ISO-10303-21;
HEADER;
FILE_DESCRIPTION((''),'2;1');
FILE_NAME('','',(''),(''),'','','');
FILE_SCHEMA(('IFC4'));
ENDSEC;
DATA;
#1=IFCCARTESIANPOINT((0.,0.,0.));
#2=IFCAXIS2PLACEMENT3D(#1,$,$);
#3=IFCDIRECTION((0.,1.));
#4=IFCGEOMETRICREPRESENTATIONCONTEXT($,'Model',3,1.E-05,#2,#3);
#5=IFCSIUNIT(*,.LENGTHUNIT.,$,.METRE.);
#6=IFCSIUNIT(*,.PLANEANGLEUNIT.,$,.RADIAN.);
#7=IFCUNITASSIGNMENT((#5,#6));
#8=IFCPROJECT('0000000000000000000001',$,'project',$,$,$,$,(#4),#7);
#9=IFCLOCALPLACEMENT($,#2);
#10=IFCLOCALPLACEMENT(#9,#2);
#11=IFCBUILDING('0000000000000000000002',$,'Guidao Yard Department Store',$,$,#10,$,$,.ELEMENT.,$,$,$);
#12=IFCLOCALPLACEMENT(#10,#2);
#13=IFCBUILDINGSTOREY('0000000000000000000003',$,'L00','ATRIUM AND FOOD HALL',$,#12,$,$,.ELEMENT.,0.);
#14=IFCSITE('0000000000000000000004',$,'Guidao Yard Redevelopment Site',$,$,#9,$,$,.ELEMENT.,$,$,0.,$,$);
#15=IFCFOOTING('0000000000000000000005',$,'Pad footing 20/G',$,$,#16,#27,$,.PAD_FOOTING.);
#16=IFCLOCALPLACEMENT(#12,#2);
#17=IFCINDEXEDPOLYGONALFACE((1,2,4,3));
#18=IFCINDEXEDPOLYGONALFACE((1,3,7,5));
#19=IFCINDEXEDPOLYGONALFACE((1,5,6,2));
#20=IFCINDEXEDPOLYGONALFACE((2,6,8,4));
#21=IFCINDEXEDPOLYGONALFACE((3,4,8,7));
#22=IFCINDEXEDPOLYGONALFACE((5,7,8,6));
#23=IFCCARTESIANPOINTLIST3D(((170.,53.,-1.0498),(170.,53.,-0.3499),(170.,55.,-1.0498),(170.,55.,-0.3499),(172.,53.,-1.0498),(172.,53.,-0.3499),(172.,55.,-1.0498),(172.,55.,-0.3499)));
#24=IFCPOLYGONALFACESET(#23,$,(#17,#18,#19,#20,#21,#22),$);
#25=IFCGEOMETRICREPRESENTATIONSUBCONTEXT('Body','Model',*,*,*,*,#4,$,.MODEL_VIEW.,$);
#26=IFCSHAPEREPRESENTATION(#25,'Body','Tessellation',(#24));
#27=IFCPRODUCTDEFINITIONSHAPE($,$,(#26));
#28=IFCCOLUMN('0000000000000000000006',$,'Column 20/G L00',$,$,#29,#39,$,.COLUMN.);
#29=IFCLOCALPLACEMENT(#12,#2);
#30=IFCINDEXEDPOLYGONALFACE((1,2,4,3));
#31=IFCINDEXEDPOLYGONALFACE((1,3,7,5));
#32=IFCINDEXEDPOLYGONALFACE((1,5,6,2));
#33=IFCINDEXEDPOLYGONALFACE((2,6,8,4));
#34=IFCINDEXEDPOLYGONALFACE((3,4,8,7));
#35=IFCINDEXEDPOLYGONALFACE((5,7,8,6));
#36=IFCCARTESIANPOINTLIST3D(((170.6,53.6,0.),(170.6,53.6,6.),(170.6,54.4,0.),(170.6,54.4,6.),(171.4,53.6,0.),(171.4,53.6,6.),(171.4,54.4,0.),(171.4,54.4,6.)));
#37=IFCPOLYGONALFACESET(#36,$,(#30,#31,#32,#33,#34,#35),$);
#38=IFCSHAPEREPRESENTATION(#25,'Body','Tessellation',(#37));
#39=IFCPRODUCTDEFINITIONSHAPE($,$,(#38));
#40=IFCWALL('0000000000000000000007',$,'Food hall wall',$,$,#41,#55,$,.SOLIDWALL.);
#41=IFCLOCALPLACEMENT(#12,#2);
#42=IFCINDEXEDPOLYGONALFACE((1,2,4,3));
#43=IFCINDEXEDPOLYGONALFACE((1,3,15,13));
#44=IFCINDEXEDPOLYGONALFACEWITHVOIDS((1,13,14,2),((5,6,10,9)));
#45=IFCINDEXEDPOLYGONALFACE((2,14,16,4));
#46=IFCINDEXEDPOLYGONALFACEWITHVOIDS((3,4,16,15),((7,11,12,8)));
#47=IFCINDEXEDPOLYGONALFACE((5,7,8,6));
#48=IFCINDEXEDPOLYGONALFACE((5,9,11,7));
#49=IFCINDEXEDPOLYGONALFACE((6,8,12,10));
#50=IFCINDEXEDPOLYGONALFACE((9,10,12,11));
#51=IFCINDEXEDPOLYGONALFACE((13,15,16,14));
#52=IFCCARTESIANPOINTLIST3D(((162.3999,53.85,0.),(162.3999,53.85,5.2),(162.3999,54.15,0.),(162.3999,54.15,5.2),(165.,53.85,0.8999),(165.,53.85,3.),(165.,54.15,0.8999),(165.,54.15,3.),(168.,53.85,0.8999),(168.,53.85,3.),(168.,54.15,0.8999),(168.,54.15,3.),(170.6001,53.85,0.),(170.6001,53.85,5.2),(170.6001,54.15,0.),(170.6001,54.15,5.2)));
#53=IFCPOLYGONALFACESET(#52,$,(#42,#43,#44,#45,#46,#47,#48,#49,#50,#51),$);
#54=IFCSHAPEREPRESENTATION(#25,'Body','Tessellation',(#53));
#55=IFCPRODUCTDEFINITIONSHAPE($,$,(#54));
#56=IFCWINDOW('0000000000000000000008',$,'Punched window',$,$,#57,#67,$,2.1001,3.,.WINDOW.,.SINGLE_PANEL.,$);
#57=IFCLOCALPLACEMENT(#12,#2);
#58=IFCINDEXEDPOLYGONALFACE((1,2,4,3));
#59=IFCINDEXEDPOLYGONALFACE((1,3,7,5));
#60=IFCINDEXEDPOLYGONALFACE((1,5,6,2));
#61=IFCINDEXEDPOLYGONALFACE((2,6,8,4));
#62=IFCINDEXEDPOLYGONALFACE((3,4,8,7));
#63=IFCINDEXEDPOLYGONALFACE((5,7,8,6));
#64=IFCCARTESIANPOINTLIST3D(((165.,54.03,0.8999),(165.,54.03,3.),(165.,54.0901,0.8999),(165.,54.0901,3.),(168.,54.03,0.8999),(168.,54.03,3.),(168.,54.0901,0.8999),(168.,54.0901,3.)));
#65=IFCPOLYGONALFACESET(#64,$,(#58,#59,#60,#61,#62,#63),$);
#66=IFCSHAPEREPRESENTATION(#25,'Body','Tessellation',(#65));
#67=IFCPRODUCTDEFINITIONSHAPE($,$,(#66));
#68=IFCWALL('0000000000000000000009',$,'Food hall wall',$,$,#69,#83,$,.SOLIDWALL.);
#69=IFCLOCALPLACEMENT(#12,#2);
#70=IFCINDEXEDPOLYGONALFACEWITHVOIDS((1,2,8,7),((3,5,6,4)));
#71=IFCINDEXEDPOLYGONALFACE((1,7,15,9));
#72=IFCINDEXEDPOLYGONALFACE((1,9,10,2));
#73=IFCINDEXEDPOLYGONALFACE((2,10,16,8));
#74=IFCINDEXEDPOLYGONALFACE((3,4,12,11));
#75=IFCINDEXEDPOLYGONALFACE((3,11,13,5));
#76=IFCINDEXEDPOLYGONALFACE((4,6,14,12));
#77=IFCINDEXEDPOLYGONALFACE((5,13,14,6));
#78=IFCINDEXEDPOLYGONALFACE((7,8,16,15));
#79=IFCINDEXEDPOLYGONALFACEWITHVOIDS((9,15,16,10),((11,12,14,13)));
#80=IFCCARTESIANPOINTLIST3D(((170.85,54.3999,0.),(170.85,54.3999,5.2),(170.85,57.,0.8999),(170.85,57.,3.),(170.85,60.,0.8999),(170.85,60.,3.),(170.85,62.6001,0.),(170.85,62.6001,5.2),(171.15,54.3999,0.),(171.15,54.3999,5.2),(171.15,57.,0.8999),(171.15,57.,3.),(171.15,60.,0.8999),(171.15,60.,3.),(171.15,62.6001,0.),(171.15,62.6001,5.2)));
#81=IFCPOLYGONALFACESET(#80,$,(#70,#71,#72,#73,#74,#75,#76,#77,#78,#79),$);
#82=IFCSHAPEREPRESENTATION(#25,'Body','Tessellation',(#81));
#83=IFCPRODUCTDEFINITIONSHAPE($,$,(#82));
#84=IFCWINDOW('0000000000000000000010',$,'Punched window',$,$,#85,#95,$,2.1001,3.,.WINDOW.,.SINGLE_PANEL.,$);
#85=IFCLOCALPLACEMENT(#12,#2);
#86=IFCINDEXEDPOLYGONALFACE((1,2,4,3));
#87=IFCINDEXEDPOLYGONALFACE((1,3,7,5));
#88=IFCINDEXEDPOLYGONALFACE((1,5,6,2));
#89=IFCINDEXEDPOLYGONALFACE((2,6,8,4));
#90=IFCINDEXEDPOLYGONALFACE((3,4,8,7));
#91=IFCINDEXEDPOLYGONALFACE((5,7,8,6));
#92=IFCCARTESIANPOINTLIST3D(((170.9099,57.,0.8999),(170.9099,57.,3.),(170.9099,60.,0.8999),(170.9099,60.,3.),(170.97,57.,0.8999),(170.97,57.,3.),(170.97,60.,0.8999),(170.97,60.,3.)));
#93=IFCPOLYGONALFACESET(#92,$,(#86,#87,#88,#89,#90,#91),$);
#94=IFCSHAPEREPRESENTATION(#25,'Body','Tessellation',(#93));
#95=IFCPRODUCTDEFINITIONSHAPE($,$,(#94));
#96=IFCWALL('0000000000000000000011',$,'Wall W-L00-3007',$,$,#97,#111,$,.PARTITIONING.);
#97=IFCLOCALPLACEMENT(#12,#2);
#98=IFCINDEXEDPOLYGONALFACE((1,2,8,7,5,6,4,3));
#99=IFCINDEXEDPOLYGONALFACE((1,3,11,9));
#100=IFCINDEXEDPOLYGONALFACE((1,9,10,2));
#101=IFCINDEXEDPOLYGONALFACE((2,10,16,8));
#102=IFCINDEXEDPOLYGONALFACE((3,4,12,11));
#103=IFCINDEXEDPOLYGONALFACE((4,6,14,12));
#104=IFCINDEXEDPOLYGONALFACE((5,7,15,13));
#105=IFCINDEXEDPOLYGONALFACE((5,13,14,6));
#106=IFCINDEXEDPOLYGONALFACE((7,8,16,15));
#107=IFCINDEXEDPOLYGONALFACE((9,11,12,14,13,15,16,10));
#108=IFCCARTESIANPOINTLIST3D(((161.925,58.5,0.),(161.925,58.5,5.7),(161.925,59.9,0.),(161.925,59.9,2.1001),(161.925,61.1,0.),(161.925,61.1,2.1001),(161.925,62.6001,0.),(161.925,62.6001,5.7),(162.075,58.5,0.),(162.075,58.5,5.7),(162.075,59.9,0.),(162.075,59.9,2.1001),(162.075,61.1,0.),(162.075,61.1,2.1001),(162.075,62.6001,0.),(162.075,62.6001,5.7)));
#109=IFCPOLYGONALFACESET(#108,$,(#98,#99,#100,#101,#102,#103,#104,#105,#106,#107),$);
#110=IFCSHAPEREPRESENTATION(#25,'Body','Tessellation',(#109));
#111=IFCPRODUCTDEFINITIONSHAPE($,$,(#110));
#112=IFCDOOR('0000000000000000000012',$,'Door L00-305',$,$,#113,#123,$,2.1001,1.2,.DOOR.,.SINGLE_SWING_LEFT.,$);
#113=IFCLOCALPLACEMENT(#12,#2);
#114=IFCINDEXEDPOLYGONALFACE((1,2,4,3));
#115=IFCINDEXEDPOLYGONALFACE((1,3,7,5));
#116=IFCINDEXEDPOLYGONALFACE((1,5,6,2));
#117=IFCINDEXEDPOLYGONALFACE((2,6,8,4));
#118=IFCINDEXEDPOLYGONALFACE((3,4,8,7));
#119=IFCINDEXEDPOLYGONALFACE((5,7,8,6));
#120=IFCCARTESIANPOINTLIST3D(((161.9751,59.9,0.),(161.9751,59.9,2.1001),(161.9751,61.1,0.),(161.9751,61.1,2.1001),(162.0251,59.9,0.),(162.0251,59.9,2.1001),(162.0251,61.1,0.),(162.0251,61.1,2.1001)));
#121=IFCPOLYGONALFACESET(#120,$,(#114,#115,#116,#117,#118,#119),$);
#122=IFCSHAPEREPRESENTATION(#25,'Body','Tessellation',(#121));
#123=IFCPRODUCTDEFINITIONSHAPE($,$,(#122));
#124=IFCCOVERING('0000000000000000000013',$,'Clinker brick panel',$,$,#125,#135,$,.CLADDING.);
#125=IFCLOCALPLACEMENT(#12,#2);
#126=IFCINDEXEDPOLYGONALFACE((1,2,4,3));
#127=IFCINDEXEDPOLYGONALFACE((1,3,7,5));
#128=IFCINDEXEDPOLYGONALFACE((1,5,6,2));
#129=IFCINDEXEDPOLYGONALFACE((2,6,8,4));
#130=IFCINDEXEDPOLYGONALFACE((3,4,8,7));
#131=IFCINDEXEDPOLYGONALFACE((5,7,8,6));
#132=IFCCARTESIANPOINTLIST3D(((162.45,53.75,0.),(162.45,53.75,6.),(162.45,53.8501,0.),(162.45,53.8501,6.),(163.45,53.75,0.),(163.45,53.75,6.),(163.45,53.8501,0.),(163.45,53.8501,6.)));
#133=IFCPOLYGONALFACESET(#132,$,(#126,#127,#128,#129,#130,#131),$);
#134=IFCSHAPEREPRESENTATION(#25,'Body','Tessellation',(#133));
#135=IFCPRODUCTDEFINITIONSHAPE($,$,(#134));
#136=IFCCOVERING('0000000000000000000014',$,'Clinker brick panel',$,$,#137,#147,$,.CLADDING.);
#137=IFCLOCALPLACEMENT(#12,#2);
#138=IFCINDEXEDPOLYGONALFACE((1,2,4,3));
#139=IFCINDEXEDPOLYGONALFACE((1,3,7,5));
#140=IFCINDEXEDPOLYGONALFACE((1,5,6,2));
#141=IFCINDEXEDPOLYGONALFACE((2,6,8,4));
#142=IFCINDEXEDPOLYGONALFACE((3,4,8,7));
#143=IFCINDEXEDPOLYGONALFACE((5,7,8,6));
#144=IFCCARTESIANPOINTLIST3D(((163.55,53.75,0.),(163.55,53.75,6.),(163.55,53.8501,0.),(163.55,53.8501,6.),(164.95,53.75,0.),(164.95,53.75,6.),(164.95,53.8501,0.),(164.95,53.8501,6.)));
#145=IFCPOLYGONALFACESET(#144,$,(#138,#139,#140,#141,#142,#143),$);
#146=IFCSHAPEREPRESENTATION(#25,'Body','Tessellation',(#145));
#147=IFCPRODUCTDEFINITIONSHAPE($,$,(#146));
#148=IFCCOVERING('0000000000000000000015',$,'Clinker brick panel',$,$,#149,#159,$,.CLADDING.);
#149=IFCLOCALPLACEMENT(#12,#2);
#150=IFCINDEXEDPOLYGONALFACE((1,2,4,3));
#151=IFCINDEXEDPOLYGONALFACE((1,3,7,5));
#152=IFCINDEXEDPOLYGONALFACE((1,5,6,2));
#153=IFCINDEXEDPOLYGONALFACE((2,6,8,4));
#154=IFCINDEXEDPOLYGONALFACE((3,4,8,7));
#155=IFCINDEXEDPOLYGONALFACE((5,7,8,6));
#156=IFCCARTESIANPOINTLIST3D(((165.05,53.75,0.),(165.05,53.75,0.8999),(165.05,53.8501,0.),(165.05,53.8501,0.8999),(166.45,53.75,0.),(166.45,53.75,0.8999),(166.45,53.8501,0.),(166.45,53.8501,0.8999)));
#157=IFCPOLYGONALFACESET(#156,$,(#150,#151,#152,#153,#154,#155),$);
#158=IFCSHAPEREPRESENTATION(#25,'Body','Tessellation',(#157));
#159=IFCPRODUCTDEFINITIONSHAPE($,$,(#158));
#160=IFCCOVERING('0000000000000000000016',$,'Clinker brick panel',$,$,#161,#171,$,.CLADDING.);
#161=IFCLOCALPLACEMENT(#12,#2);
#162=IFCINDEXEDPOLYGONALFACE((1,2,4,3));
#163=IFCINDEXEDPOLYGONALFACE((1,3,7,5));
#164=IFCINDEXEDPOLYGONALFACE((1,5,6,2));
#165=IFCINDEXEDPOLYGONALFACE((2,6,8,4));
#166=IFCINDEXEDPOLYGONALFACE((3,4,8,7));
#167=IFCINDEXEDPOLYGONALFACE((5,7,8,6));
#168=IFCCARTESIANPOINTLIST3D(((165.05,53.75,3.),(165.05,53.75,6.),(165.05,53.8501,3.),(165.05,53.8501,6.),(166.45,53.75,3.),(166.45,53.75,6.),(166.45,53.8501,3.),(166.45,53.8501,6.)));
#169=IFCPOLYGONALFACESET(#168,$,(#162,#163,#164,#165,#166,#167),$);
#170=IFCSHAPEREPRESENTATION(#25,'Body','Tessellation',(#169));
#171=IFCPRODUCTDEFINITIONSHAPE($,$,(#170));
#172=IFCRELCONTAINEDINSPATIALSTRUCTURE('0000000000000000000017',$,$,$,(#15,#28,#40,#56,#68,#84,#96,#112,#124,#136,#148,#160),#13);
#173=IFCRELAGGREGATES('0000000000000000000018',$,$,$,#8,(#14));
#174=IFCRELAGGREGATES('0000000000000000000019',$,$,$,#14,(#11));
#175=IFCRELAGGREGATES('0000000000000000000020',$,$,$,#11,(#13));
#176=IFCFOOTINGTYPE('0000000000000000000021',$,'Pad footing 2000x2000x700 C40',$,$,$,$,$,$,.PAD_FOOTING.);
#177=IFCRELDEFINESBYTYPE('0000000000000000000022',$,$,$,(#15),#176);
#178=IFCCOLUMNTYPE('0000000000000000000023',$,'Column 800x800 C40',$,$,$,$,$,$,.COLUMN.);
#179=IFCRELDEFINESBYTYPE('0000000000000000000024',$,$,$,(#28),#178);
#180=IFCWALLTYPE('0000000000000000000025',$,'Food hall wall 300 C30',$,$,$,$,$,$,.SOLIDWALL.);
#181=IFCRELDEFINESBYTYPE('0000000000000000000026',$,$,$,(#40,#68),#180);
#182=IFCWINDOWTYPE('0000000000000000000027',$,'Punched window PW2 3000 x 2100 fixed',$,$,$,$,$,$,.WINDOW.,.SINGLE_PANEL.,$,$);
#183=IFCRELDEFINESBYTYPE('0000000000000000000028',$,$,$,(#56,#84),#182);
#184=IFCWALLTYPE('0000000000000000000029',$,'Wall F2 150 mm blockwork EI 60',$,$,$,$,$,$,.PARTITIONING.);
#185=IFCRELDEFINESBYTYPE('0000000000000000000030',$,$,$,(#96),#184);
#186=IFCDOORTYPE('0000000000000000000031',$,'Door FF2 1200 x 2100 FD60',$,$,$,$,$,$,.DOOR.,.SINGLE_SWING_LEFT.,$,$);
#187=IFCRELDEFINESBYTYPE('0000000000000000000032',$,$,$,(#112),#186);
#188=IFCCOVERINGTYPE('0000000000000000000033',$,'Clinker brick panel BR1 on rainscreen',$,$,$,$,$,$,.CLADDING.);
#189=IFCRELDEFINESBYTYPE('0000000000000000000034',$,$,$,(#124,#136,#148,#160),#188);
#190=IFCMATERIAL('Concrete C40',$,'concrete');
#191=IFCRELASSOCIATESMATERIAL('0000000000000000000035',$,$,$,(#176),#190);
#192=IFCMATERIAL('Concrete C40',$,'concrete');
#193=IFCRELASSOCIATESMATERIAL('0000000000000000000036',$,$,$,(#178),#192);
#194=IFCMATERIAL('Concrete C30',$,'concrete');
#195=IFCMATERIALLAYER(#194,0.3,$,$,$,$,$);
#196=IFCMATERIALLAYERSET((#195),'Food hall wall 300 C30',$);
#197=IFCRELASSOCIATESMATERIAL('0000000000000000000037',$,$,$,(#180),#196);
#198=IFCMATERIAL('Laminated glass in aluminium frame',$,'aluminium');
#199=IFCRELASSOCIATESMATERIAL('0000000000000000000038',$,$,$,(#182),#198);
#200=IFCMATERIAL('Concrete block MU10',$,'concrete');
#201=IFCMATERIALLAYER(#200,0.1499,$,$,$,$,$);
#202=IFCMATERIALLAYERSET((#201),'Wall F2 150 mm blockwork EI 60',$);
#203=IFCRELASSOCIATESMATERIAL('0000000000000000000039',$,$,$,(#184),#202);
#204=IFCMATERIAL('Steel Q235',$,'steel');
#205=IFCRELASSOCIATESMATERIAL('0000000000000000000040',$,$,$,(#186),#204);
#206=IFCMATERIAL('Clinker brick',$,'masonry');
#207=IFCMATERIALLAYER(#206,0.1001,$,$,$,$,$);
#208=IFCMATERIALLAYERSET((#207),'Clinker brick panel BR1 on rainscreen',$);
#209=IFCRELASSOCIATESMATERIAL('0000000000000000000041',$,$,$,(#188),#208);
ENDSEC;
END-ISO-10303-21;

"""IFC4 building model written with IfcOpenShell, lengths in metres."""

from ifc_helpers import new_model, si_unit, direction, frame, frame_2d, origin, origin_2d, place, context, subcontext, project, spatial, rectangle, extrude, material, layer, layer_set, material_profile, profile_set, type_object, element, fill, save


model = new_model("IFC4")

# Units and contexts
model_context = context("Model", 3, precision=1e-05, world=origin(), true_north=direction((0.0, 1.0)))
body_context = subcontext(model_context, "Body", "Model", "MODEL_VIEW")
ifc_project = project(units=[si_unit("LENGTHUNIT", "METRE"), si_unit("PLANEANGLEUNIT", "RADIAN")], contexts=[model_context])

# Site, building, storey
site_placement = place(None, origin())
site = spatial("IfcSite", under=ifc_project, at=site_placement, Name="Guidao Yard Redevelopment Site", CompositionType="ELEMENT", RefElevation=0.0)
building_placement = place(site_placement, origin())
building = spatial("IfcBuilding", under=site, at=building_placement, Name="Guidao Yard Department Store", CompositionType="ELEMENT")
storey_placement = place(building_placement, origin())
storey = spatial("IfcBuildingStorey", under=building, at=storey_placement, Name="L00", Description="ATRIUM AND FOOD HALL", CompositionType="ELEMENT", Elevation=0.0)

# Footing
ifc_material_1 = material(Name="Concrete C40", Category="concrete")
footing_type = type_object("IfcFootingType", Name="Pad footing 2000x2000x700 C40", PredefinedType="PAD_FOOTING", material=ifc_material_1)
footing_placement = place(storey_placement, frame((171.0, 54.0, -1.0498), z_axis=(0.0, 0.0, 1.0), x_axis=(1.0, 0.0, 0.0)))
element("IfcFooting", 1, at=footing_placement, inside=storey, type_object=footing_type, Name="Pad footing 20/G", PredefinedType="PAD_FOOTING", context=body_context, shape_type="SweptSolid", body=[
    extrude(rectangle(XDim=2.0, YDim=2.0, at=origin_2d()), origin(), (0.0, 0.0, 1.0), 0.7),
])

# Column
ifc_material_2 = material(Name="Concrete C40", Category="concrete")
ifc_material_profile = material_profile(ifc_material_2, rectangle(XDim=0.8, YDim=0.8, at=origin_2d()), Name="COL 800x800")
ifc_profile_set = profile_set([ifc_material_profile], Name="Concrete C40")
column_type = type_object("IfcColumnType", Name="Column 800x800 C40", PredefinedType="COLUMN", material=ifc_profile_set)
column_placement = place(storey_placement, frame((171.0, 54.0, 0.0), z_axis=(0.0, 0.0, 1.0), x_axis=(1.0, 0.0, 0.0)))
element("IfcColumn", 2, at=column_placement, inside=storey, type_object=column_type, Name="Column 20/G L00", PredefinedType="COLUMN", context=body_context, shape_type="SweptSolid", body=[
    extrude(rectangle(XDim=0.8, YDim=0.8, at=origin_2d()), origin(), (0.0, 0.0, 1.0), 6.0),
])

# Walls, openings, windows
ifc_material_3 = material(Name="Concrete C30", Category="concrete")
ifc_layer_1 = layer(ifc_material_3, 0.3)
ifc_layer_set_1 = layer_set([ifc_layer_1], Name="Food hall wall 300 C30")
wall_type_1 = type_object("IfcWallType", Name="Food hall wall 300 C30", PredefinedType="SOLIDWALL", material=ifc_layer_set_1)
wall_1_placement = place(storey_placement, frame((170.6001, 54.0, 0.0), z_axis=(0.0, 0.0, 1.0), x_axis=(-1.0, 0.0, 0.0)))
wall_1 = element("IfcWall", 3, at=wall_1_placement, inside=storey, type_object=wall_type_1, Name="Food hall wall", PredefinedType="SOLIDWALL", context=body_context, shape_type="SweptSolid", body=[
    extrude(rectangle(XDim=8.2002, YDim=0.3, at=frame_2d((4.1001, 0.0))), origin(), (0.0, 0.0, 1.0), 5.2),
])
opening_1_placement = place(wall_1_placement, frame((2.6001, 0.0, 0.8999)))
opening_1 = element("IfcOpeningElement", 4, at=opening_1_placement, cuts=wall_1, PredefinedType="OPENING", context=body_context, shape_type="SweptSolid", body=[
    extrude(rectangle(XDim=3.0, YDim=2.1001, at=frame_2d((1.5, 1.05))), frame((0.0, 0.1599, 0.0), z_axis=(0.0, -1.0, 0.0), x_axis=(1.0, 0.0, 0.0)), (0.0, 0.0, 1.0), 0.3201),
])
ifc_material_4 = material(Name="Laminated glass in aluminium frame", Category="aluminium")
window_type = type_object("IfcWindowType", Name="Punched window PW2 3000 x 2100 fixed", PartitioningType="SINGLE_PANEL", PredefinedType="WINDOW", material=ifc_material_4)
window_1_placement = place(opening_1_placement, origin())
window_1 = element("IfcWindow", 5, at=window_1_placement, inside=storey, type_object=window_type, Name="Punched window", OverallHeight=2.1001, OverallWidth=3.0, PartitioningType="SINGLE_PANEL", PredefinedType="WINDOW", context=body_context, shape_type="SweptSolid", body=[
    extrude(rectangle(XDim=3.0, YDim=2.1001, at=frame_2d((1.5, 1.05))), frame((0.0, -0.03, 0.0), z_axis=(0.0, -1.0, 0.0), x_axis=(1.0, 0.0, 0.0)), (0.0, 0.0, 1.0), 0.0601),
])
fill(opening_1, window_1)
wall_2_placement = place(storey_placement, frame((171.0, 62.6001, 0.0), z_axis=(0.0, 0.0, 1.0), x_axis=(0.0, -1.0, 0.0)))
wall_2 = element("IfcWall", 6, at=wall_2_placement, inside=storey, type_object=wall_type_1, Name="Food hall wall", PredefinedType="SOLIDWALL", context=body_context, shape_type="SweptSolid", body=[
    extrude(rectangle(XDim=8.2002, YDim=0.3, at=frame_2d((4.1001, 0.0))), origin(), (0.0, 0.0, 1.0), 5.2),
])
opening_2_placement = place(wall_2_placement, frame((2.6001, 0.0, 0.8999)))
opening_2 = element("IfcOpeningElement", 7, at=opening_2_placement, cuts=wall_2, PredefinedType="OPENING", context=body_context, shape_type="SweptSolid", body=[
    extrude(rectangle(XDim=3.0, YDim=2.1001, at=frame_2d((1.5, 1.05))), frame((0.0, 0.1599, 0.0), z_axis=(0.0, -1.0, 0.0), x_axis=(1.0, 0.0, 0.0)), (0.0, 0.0, 1.0), 0.3201),
])
window_2_placement = place(opening_2_placement, origin())
window_2 = element("IfcWindow", 8, at=window_2_placement, inside=storey, type_object=window_type, Name="Punched window", OverallHeight=2.1001, OverallWidth=3.0, PartitioningType="SINGLE_PANEL", PredefinedType="WINDOW", context=body_context, shape_type="SweptSolid", body=[
    extrude(rectangle(XDim=3.0, YDim=2.1001, at=frame_2d((1.5, 1.05))), frame((0.0, -0.03, 0.0), z_axis=(0.0, -1.0, 0.0), x_axis=(1.0, 0.0, 0.0)), (0.0, 0.0, 1.0), 0.0601),
])
fill(opening_2, window_2)

# Wall, opening, door
ifc_material_5 = material(Name="Concrete block MU10", Category="concrete")
ifc_layer_2 = layer(ifc_material_5, 0.1499)
ifc_layer_set_2 = layer_set([ifc_layer_2], Name="Wall F2 150 mm blockwork EI 60")
wall_type_2 = type_object("IfcWallType", Name="Wall F2 150 mm blockwork EI 60", PredefinedType="PARTITIONING", material=ifc_layer_set_2)
wall_3_placement = place(storey_placement, frame((162.0, 58.5, 0.0), z_axis=(0.0, 0.0, 1.0), x_axis=(0.0, 1.0, 0.0)))
wall_3 = element("IfcWall", 9, at=wall_3_placement, inside=storey, type_object=wall_type_2, Name="Wall W-L00-3007", PredefinedType="PARTITIONING", context=body_context, shape_type="SweptSolid", body=[
    extrude(rectangle(XDim=4.1001, YDim=0.1499, at=frame_2d((2.05, 0.0))), origin(), (0.0, 0.0, 1.0), 5.7),
])
opening_3_placement = place(wall_3_placement, frame((1.3999, 0.0, 0.0)))
opening_3 = element("IfcOpeningElement", 10, at=opening_3_placement, cuts=wall_3, PredefinedType="OPENING", context=body_context, shape_type="SweptSolid", body=[
    extrude(rectangle(XDim=1.2, YDim=2.1001, at=frame_2d((0.6001, 1.05))), frame((0.0, 0.085, 0.0), z_axis=(0.0, -1.0, 0.0), x_axis=(1.0, 0.0, 0.0)), (0.0, 0.0, 1.0), 0.1699),
])
ifc_material_6 = material(Name="Steel Q235", Category="steel")
door_type = type_object("IfcDoorType", Name="Door FF2 1200 x 2100 FD60", OperationType="SINGLE_SWING_LEFT", PredefinedType="DOOR", material=ifc_material_6)
door_placement = place(opening_3_placement, origin())
door = element("IfcDoor", 11, at=door_placement, inside=storey, type_object=door_type, Name="Door L00-305", OperationType="SINGLE_SWING_LEFT", OverallHeight=2.1001, OverallWidth=1.2, PredefinedType="DOOR", context=body_context, shape_type="SweptSolid", body=[
    extrude(rectangle(XDim=1.2, YDim=2.1001, at=frame_2d((0.6001, 1.05))), frame((0.0, 0.0249, 0.0), z_axis=(0.0, -1.0, 0.0), x_axis=(1.0, 0.0, 0.0)), (0.0, 0.0, 1.0), 0.05),
])
fill(opening_3, door)

# Coverings
ifc_material_7 = material(Name="Clinker brick", Category="masonry")
ifc_layer_3 = layer(ifc_material_7, 0.1001)
ifc_layer_set_3 = layer_set([ifc_layer_3], Name="Clinker brick panel BR1 on rainscreen")
covering_type = type_object("IfcCoveringType", Name="Clinker brick panel BR1 on rainscreen", PredefinedType="CLADDING", material=ifc_layer_set_3)
covering_1_placement = place(storey_placement, frame((162.95, 53.8, 0.0), z_axis=(0.0, 0.0, 1.0), x_axis=(-1.0, 0.0, 0.0)))
element("IfcCovering", 12, at=covering_1_placement, inside=storey, type_object=covering_type, Name="Clinker brick panel", PredefinedType="CLADDING", context=body_context, shape_type="SweptSolid", body=[
    extrude(rectangle(XDim=1.0, YDim=0.1001, at=origin_2d()), origin(), (0.0, 0.0, 1.0), 6.0),
])
covering_2_placement = place(storey_placement, frame((164.25, 53.8, 0.0), z_axis=(0.0, 0.0, 1.0), x_axis=(-1.0, 0.0, 0.0)))
element("IfcCovering", 13, at=covering_2_placement, inside=storey, type_object=covering_type, Name="Clinker brick panel", PredefinedType="CLADDING", context=body_context, shape_type="SweptSolid", body=[
    extrude(rectangle(XDim=1.3999, YDim=0.1001, at=origin_2d()), origin(), (0.0, 0.0, 1.0), 6.0),
])
covering_3_placement = place(storey_placement, frame((165.75, 53.8, 0.0), z_axis=(0.0, 0.0, 1.0), x_axis=(-1.0, 0.0, 0.0)))
element("IfcCovering", 14, at=covering_3_placement, inside=storey, type_object=covering_type, Name="Clinker brick panel", PredefinedType="CLADDING", context=body_context, shape_type="SweptSolid", body=[
    extrude(rectangle(XDim=1.3999, YDim=0.1001, at=origin_2d()), origin(), (0.0, 0.0, 1.0), 0.8999),
])
covering_4_placement = place(storey_placement, frame((165.75, 53.8, 3.0), z_axis=(0.0, 0.0, 1.0), x_axis=(-1.0, 0.0, 0.0)))
element("IfcCovering", 15, at=covering_4_placement, inside=storey, type_object=covering_type, Name="Clinker brick panel", PredefinedType="CLADDING", context=body_context, shape_type="SweptSolid", body=[
    extrude(rectangle(XDim=1.3999, YDim=0.1001, at=origin_2d()), origin(), (0.0, 0.0, 1.0), 3.0),
])

save(model, "model.ifc")
